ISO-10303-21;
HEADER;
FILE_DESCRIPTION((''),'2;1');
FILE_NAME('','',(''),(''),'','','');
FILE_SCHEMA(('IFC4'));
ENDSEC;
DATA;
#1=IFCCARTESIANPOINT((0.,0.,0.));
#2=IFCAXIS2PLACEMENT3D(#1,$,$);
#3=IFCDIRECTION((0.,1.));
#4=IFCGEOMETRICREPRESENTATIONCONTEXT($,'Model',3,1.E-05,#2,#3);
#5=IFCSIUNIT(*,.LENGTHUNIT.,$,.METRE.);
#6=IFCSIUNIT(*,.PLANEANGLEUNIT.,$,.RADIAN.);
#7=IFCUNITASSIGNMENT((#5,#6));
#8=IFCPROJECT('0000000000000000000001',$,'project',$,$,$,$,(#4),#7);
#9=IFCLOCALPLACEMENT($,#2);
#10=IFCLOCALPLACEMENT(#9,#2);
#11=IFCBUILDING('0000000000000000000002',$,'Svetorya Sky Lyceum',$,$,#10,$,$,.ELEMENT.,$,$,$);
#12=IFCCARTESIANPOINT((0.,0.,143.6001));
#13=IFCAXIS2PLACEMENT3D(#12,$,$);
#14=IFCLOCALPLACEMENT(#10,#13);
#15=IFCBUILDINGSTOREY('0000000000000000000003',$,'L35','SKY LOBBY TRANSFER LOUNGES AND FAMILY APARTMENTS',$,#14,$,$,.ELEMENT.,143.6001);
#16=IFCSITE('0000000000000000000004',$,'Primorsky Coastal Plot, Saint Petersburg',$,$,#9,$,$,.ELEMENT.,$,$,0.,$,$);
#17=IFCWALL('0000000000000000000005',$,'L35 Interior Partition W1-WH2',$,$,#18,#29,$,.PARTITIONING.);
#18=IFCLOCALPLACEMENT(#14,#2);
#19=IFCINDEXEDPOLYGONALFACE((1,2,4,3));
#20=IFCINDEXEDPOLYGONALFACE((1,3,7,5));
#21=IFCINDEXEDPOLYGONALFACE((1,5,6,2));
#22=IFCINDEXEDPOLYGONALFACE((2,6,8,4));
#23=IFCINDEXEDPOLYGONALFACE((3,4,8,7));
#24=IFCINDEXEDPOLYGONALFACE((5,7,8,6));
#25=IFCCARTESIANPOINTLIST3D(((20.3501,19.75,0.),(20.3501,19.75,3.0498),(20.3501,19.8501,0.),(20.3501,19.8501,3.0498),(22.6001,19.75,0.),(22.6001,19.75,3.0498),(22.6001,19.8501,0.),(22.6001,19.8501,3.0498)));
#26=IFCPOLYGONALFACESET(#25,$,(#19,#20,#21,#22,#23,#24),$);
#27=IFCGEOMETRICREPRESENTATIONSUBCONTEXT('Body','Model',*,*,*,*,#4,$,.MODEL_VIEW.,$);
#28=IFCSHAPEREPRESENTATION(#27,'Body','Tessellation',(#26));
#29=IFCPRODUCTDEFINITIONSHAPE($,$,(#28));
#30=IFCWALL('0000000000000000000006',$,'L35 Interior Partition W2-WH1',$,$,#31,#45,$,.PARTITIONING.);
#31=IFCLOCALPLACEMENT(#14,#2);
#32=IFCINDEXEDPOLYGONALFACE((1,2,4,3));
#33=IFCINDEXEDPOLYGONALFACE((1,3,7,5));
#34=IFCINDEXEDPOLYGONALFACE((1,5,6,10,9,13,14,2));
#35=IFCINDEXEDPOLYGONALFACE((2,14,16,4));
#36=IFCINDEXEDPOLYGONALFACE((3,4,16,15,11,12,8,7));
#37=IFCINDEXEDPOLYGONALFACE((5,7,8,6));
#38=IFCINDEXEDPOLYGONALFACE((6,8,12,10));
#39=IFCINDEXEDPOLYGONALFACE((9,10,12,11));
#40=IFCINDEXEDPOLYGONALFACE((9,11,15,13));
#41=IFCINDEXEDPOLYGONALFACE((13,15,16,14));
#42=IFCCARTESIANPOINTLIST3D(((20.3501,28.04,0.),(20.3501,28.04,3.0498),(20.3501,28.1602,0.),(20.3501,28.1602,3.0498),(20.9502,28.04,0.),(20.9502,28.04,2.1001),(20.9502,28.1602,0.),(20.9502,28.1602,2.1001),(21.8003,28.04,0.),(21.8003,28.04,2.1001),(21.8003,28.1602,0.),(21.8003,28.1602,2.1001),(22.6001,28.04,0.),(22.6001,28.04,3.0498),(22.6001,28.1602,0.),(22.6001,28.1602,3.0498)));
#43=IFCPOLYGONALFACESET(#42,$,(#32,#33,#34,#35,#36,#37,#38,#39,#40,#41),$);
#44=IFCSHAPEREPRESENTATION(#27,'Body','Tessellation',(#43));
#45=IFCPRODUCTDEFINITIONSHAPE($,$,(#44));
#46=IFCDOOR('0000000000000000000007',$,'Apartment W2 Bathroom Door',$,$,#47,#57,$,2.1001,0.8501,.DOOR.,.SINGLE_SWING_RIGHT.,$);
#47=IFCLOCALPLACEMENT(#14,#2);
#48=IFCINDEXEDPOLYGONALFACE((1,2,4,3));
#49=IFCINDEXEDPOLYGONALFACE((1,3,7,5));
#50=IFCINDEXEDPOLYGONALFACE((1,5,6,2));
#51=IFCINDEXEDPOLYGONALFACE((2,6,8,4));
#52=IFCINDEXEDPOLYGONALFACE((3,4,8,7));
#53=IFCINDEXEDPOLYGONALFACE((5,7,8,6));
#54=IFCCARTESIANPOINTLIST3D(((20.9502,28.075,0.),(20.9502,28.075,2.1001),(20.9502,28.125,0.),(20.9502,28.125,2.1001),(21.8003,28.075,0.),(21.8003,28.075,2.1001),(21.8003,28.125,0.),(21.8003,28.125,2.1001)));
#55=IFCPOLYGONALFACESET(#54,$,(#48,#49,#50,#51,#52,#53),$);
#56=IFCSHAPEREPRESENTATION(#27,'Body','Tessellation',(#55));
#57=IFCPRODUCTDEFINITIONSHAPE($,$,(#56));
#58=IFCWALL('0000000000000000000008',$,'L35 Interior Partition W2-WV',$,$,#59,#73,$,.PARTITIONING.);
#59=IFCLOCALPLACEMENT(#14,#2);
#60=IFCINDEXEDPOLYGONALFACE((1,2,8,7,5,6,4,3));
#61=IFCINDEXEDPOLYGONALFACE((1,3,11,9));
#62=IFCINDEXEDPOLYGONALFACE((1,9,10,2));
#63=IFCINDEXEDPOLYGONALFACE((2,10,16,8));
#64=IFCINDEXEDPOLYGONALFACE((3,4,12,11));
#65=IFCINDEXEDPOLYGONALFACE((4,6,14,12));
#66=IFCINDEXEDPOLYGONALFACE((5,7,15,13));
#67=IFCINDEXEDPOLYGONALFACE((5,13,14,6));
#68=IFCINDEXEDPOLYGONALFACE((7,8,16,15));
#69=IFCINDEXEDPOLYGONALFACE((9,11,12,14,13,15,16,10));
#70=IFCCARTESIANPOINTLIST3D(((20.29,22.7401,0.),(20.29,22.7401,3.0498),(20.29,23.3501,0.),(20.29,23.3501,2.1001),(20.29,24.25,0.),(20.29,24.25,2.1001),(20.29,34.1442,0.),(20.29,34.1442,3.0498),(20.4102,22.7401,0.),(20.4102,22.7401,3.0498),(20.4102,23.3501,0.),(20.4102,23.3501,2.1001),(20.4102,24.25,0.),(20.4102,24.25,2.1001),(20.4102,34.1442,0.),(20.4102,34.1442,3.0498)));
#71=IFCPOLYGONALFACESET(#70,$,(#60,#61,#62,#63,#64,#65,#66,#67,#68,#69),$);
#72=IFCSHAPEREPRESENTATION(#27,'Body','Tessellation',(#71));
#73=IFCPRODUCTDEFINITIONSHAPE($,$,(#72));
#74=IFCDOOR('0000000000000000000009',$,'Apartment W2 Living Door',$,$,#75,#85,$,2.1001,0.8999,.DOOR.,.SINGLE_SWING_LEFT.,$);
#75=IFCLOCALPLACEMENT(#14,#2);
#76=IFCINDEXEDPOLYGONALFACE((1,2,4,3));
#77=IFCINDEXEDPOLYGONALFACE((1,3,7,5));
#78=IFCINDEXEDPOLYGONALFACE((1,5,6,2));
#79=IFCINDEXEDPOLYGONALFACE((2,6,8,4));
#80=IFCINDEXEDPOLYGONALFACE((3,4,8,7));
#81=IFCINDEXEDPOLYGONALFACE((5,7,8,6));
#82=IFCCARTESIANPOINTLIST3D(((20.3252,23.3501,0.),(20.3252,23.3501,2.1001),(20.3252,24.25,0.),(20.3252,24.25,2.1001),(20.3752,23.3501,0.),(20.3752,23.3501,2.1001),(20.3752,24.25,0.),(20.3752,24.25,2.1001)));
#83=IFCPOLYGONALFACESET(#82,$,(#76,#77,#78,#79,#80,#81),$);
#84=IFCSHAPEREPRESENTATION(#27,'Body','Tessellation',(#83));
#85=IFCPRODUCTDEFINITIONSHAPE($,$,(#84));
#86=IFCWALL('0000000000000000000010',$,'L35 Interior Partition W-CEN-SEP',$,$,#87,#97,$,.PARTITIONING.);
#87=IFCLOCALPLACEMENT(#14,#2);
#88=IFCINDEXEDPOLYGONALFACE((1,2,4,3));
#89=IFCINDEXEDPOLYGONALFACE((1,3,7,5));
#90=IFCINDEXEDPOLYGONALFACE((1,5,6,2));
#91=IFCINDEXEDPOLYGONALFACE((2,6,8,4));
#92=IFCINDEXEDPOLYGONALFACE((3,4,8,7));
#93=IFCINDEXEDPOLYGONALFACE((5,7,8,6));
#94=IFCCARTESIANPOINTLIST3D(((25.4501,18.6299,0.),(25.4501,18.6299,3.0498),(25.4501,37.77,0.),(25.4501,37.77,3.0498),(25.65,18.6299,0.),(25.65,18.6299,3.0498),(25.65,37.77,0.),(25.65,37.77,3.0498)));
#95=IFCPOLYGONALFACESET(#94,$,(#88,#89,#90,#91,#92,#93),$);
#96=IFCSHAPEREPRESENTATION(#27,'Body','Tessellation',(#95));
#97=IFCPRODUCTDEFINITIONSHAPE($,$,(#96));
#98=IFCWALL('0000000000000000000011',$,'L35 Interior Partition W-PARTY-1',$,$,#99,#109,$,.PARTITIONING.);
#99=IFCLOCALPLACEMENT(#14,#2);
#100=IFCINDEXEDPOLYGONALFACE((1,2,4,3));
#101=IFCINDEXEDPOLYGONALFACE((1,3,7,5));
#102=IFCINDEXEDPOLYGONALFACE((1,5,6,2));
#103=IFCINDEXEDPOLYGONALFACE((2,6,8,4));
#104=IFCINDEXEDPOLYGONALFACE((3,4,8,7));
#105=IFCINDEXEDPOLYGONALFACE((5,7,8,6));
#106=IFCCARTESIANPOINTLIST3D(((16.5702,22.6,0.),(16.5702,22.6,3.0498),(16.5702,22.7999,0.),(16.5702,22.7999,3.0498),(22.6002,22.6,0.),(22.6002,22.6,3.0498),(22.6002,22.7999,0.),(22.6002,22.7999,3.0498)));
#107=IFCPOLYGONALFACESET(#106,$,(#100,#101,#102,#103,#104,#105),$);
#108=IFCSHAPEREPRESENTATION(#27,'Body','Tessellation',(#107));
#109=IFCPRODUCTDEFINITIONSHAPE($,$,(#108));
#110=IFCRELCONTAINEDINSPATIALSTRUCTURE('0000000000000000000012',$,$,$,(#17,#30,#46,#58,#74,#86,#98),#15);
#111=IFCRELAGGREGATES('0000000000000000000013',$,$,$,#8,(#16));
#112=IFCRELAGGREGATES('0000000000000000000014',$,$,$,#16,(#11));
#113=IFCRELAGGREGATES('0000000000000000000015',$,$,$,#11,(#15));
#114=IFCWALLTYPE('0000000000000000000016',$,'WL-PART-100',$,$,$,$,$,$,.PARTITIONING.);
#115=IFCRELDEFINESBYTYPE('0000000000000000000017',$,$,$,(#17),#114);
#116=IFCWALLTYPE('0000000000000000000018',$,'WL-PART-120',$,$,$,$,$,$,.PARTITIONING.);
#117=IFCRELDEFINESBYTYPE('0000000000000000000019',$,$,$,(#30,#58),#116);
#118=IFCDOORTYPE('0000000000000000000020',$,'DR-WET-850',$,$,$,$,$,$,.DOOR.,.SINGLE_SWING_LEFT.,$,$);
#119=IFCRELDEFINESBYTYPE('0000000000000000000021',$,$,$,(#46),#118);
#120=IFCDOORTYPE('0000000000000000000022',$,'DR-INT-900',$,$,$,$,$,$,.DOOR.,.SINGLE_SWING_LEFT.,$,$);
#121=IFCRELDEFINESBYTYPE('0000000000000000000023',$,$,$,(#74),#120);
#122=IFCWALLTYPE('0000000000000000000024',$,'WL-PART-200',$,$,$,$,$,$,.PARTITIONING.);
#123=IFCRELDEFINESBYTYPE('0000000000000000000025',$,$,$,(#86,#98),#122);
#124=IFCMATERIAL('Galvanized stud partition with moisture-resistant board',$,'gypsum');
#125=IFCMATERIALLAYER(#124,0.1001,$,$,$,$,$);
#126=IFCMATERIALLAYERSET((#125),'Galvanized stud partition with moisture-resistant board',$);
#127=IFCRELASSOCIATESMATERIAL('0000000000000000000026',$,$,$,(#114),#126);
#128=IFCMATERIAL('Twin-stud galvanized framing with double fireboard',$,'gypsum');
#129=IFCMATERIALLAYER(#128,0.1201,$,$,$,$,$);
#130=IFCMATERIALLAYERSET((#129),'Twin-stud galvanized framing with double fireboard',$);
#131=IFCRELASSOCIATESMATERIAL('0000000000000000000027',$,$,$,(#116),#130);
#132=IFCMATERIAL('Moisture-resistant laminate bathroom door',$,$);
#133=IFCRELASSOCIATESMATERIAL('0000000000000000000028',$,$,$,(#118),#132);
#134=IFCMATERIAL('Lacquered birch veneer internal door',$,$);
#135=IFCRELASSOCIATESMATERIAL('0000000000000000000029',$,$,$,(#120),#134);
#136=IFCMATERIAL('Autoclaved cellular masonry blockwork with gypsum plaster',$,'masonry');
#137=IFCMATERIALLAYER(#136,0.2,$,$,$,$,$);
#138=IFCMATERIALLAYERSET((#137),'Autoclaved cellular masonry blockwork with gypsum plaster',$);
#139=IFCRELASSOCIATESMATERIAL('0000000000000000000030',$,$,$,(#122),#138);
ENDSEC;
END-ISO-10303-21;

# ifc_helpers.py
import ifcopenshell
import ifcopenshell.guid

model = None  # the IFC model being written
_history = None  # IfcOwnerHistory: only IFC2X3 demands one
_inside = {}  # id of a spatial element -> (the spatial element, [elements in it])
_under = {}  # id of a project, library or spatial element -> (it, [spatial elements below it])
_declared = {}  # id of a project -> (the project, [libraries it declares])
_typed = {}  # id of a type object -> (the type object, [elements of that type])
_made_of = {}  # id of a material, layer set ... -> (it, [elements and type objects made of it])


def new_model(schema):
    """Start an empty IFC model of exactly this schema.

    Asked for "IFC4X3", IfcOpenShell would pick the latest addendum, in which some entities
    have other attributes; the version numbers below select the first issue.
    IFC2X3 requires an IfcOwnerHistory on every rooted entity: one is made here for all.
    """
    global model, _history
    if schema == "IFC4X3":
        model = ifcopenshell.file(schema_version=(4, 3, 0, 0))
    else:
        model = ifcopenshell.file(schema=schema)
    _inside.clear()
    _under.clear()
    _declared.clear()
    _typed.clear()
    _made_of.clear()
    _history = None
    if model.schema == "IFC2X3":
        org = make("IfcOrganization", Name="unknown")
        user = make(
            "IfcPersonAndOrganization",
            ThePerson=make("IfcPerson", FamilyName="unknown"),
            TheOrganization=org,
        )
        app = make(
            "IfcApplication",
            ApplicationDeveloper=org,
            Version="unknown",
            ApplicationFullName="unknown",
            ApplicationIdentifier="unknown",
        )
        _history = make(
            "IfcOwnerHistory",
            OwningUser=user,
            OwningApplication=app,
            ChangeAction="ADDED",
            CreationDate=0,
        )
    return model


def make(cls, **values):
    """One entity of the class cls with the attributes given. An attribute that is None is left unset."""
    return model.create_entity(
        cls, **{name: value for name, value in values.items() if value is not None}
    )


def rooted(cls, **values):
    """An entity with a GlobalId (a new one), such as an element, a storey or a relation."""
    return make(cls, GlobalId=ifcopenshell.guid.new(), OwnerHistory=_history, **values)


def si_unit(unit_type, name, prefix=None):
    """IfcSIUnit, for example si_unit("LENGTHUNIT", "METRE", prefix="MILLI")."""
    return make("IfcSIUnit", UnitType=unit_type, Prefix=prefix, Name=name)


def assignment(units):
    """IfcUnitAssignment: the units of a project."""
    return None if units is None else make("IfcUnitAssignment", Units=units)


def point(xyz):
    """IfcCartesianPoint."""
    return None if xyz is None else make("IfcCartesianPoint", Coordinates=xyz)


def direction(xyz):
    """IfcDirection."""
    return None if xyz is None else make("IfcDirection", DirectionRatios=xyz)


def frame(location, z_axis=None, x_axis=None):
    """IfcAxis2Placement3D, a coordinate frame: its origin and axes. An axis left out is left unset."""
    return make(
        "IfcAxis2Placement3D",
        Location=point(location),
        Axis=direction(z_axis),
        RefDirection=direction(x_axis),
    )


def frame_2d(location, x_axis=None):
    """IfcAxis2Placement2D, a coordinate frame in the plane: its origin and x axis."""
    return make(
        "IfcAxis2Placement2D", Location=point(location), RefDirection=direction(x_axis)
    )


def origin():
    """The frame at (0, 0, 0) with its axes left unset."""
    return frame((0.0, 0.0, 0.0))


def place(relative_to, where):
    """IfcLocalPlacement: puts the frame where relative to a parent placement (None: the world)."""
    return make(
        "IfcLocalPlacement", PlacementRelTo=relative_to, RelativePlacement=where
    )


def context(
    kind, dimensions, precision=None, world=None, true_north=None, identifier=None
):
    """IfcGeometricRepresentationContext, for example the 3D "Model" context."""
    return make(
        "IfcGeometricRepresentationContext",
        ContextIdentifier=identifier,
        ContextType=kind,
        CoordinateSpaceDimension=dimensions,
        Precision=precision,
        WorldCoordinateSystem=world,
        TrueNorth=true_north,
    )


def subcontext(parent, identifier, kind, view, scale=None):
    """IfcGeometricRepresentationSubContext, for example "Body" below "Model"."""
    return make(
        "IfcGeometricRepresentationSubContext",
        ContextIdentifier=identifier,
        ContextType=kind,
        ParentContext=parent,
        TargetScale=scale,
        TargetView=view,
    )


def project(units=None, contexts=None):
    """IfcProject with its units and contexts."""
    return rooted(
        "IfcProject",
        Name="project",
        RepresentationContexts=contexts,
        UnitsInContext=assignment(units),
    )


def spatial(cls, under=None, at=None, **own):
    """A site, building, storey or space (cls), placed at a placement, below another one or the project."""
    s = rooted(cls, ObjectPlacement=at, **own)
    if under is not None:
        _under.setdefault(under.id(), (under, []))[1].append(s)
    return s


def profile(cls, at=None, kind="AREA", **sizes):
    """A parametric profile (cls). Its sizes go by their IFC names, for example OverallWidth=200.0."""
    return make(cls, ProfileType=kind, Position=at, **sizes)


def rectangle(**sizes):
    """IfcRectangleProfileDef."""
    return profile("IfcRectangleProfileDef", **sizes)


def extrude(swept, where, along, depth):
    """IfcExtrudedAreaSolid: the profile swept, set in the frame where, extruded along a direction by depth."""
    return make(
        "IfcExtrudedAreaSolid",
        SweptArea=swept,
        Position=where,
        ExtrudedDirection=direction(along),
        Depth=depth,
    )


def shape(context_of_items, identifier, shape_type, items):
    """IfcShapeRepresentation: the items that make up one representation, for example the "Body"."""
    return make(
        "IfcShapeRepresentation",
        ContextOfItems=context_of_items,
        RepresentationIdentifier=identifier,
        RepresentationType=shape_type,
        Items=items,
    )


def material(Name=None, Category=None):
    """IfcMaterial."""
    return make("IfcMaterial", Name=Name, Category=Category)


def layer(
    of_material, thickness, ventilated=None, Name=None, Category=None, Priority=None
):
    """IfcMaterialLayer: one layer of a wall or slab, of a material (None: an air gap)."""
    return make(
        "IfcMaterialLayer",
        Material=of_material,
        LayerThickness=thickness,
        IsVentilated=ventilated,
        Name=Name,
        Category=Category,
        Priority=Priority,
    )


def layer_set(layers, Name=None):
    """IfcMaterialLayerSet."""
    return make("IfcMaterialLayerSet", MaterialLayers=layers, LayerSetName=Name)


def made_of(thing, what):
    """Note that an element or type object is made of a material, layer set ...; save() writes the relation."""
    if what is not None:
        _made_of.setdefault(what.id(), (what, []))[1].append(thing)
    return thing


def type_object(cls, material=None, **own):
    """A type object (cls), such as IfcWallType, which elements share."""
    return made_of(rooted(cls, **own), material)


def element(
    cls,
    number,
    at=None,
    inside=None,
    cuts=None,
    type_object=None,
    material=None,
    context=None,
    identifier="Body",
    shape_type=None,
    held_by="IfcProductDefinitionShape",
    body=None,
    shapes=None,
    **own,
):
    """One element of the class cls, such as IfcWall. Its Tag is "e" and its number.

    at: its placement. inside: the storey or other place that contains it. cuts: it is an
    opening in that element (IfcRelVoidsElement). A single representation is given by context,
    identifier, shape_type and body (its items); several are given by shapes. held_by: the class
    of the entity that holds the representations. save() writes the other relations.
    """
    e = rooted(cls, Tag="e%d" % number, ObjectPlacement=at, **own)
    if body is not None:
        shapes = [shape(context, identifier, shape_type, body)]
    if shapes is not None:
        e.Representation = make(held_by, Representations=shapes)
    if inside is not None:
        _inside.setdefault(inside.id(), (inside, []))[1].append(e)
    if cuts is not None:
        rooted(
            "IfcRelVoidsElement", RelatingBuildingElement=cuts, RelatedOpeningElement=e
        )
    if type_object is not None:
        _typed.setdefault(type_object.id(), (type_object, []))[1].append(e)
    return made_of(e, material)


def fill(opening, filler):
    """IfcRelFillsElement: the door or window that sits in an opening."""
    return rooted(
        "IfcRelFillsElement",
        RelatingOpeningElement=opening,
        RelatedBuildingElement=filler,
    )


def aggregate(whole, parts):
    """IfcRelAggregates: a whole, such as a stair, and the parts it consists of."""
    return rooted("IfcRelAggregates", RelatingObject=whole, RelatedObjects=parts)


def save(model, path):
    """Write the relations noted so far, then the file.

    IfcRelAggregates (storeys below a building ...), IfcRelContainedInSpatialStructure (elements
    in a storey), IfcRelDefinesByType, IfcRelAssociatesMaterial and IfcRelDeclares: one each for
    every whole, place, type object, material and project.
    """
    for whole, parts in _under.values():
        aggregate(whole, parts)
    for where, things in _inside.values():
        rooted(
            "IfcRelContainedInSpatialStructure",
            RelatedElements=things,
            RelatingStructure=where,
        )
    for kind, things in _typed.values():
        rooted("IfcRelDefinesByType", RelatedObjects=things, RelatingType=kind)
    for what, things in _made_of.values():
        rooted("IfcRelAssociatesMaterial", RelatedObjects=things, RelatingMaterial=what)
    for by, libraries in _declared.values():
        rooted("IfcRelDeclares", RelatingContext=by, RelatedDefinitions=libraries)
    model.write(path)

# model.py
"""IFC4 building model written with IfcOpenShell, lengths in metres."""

from ifc_helpers import new_model, si_unit, direction, frame, frame_2d, origin, place, context, subcontext, project, spatial, rectangle, extrude, material, layer, layer_set, type_object, element, fill, save


model = new_model("IFC4")

# Units and contexts
model_context = context("Model", 3, precision=1e-05, world=origin(), true_north=direction((0.0, 1.0)))
body_context = subcontext(model_context, "Body", "Model", "MODEL_VIEW")
ifc_project = project(units=[si_unit("LENGTHUNIT", "METRE"), si_unit("PLANEANGLEUNIT", "RADIAN")], contexts=[model_context])

# Site, building, storey
site_placement = place(None, origin())
site = spatial("IfcSite", under=ifc_project, at=site_placement, Name="Primorsky Coastal Plot, Saint Petersburg", CompositionType="ELEMENT", RefElevation=0.0)
building_placement = place(site_placement, origin())
building = spatial("IfcBuilding", under=site, at=building_placement, Name="Svetorya Sky Lyceum", CompositionType="ELEMENT")
storey_placement = place(building_placement, frame((0.0, 0.0, 143.6001)))
storey = spatial("IfcBuildingStorey", under=building, at=storey_placement, Name="L35", Description="SKY LOBBY TRANSFER LOUNGES AND FAMILY APARTMENTS", CompositionType="ELEMENT", Elevation=143.6001)

# Wall
ifc_material_1 = material(Name="Galvanized stud partition with moisture-resistant board", Category="gypsum")
ifc_layer_1 = layer(ifc_material_1, 0.1001)
ifc_layer_set_1 = layer_set([ifc_layer_1], Name="Galvanized stud partition with moisture-resistant board")
wall_type_1 = type_object("IfcWallType", Name="WL-PART-100", PredefinedType="PARTITIONING", material=ifc_layer_set_1)
wall_1_placement = place(storey_placement, frame((20.3501, 19.8, 0.0), z_axis=(0.0, 0.0, 1.0), x_axis=(1.0, 0.0, 0.0)))
element("IfcWall", 1, at=wall_1_placement, inside=storey, type_object=wall_type_1, Name="L35 Interior Partition W1-WH2", PredefinedType="PARTITIONING", context=body_context, shape_type="SweptSolid", body=[
    extrude(rectangle(XDim=2.25, YDim=0.1001, at=frame_2d((1.125, 0.0))), origin(), (0.0, 0.0, 1.0), 3.0498),
])

# Walls, openings, doors
ifc_material_2 = material(Name="Twin-stud galvanized framing with double fireboard", Category="gypsum")
ifc_layer_2 = layer(ifc_material_2, 0.1201)
ifc_layer_set_2 = layer_set([ifc_layer_2], Name="Twin-stud galvanized framing with double fireboard")
wall_type_2 = type_object("IfcWallType", Name="WL-PART-120", PredefinedType="PARTITIONING", material=ifc_layer_set_2)
wall_2_placement = place(storey_placement, frame((20.3501, 28.1001, 0.0), z_axis=(0.0, 0.0, 1.0), x_axis=(1.0, 0.0, 0.0)))
wall_2 = element("IfcWall", 2, at=wall_2_placement, inside=storey, type_object=wall_type_2, Name="L35 Interior Partition W2-WH1", PredefinedType="PARTITIONING", context=body_context, shape_type="SweptSolid", body=[
    extrude(rectangle(XDim=2.25, YDim=0.1201, at=frame_2d((1.125, 0.0))), origin(), (0.0, 0.0, 1.0), 3.0498),
])
opening_1_placement = place(wall_2_placement, frame((0.6001, 0.0, 0.0)))
opening_1 = element("IfcOpeningElement", 3, at=opening_1_placement, cuts=wall_2, PredefinedType="OPENING", context=body_context, shape_type="SweptSolid", body=[
    extrude(rectangle(XDim=0.8501, YDim=2.1001, at=frame_2d((0.425, 1.05))), frame((0.0, 0.0701, 0.0), z_axis=(0.0, -1.0, 0.0), x_axis=(1.0, 0.0, 0.0)), (0.0, 0.0, 1.0), 0.1401),
])
ifc_material_3 = material(Name="Moisture-resistant laminate bathroom door")
door_type_1 = type_object("IfcDoorType", Name="DR-WET-850", OperationType="SINGLE_SWING_LEFT", PredefinedType="DOOR", material=ifc_material_3)
door_1_placement = place(opening_1_placement, origin())
door_1 = element("IfcDoor", 4, at=door_1_placement, inside=storey, type_object=door_type_1, Name="Apartment W2 Bathroom Door", OperationType="SINGLE_SWING_RIGHT", OverallHeight=2.1001, OverallWidth=0.8501, PredefinedType="DOOR", context=body_context, shape_type="SweptSolid", body=[
    extrude(rectangle(XDim=0.8501, YDim=2.1001, at=frame_2d((0.425, 1.05))), frame((0.0, 0.0249, 0.0), z_axis=(0.0, -1.0, 0.0), x_axis=(1.0, 0.0, 0.0)), (0.0, 0.0, 1.0), 0.05),
])
fill(opening_1, door_1)
wall_3_placement = place(storey_placement, frame((20.3501, 22.74, 0.0), z_axis=(0.0, 0.0, 1.0), x_axis=(0.0, 1.0, 0.0)))
wall_3 = element("IfcWall", 5, at=wall_3_placement, inside=storey, type_object=wall_type_2, Name="L35 Interior Partition W2-WV", PredefinedType="PARTITIONING", context=body_context, shape_type="SweptSolid", body=[
    extrude(rectangle(XDim=11.4041, YDim=0.1201, at=frame_2d((5.7021, 0.0))), origin(), (0.0, 0.0, 1.0), 3.0498),
])
opening_2_placement = place(wall_3_placement, frame((0.6101, 0.0, 0.0)))
opening_2 = element("IfcOpeningElement", 6, at=opening_2_placement, cuts=wall_3, PredefinedType="OPENING", context=body_context, shape_type="SweptSolid", body=[
    extrude(rectangle(XDim=0.8999, YDim=2.1001, at=frame_2d((0.45, 1.05))), frame((0.0, 0.0701, 0.0), z_axis=(0.0, -1.0, 0.0), x_axis=(1.0, 0.0, 0.0)), (0.0, 0.0, 1.0), 0.1401),
])
ifc_material_4 = material(Name="Lacquered birch veneer internal door")
door_type_2 = type_object("IfcDoorType", Name="DR-INT-900", OperationType="SINGLE_SWING_LEFT", PredefinedType="DOOR", material=ifc_material_4)
door_2_placement = place(opening_2_placement, origin())
door_2 = element("IfcDoor", 7, at=door_2_placement, inside=storey, type_object=door_type_2, Name="Apartment W2 Living Door", OperationType="SINGLE_SWING_LEFT", OverallHeight=2.1001, OverallWidth=0.8999, PredefinedType="DOOR", context=body_context, shape_type="SweptSolid", body=[
    extrude(rectangle(XDim=0.8999, YDim=2.1001, at=frame_2d((0.45, 1.05))), frame((0.0, 0.0249, 0.0), z_axis=(0.0, -1.0, 0.0), x_axis=(1.0, 0.0, 0.0)), (0.0, 0.0, 1.0), 0.05),
])
fill(opening_2, door_2)

# Walls
ifc_material_5 = material(Name="Autoclaved cellular masonry blockwork with gypsum plaster", Category="masonry")
ifc_layer_3 = layer(ifc_material_5, 0.2)
ifc_layer_set_3 = layer_set([ifc_layer_3], Name="Autoclaved cellular masonry blockwork with gypsum plaster")
wall_type_3 = type_object("IfcWallType", Name="WL-PART-200", PredefinedType="PARTITIONING", material=ifc_layer_set_3)
wall_4_placement = place(storey_placement, frame((25.55, 18.6299, 0.0), z_axis=(0.0, 0.0, 1.0), x_axis=(0.0, 1.0, 0.0)))
element("IfcWall", 8, at=wall_4_placement, inside=storey, type_object=wall_type_3, Name="L35 Interior Partition W-CEN-SEP", PredefinedType="PARTITIONING", context=body_context, shape_type="SweptSolid", body=[
    extrude(rectangle(XDim=19.1401, YDim=0.2, at=frame_2d((9.5701, 0.0))), origin(), (0.0, 0.0, 1.0), 3.0498),
])
wall_5_placement = place(storey_placement, frame((16.5701, 22.7, 0.0), z_axis=(0.0, 0.0, 1.0), x_axis=(1.0, 0.0, 0.0)))
element("IfcWall", 9, at=wall_5_placement, inside=storey, type_object=wall_type_3, Name="L35 Interior Partition W-PARTY-1", PredefinedType="PARTITIONING", context=body_context, shape_type="SweptSolid", body=[
    extrude(rectangle(XDim=6.03, YDim=0.2, at=frame_2d((3.0151, 0.0))), origin(), (0.0, 0.0, 1.0), 3.0498),
])

save(model, "model.ifc")
